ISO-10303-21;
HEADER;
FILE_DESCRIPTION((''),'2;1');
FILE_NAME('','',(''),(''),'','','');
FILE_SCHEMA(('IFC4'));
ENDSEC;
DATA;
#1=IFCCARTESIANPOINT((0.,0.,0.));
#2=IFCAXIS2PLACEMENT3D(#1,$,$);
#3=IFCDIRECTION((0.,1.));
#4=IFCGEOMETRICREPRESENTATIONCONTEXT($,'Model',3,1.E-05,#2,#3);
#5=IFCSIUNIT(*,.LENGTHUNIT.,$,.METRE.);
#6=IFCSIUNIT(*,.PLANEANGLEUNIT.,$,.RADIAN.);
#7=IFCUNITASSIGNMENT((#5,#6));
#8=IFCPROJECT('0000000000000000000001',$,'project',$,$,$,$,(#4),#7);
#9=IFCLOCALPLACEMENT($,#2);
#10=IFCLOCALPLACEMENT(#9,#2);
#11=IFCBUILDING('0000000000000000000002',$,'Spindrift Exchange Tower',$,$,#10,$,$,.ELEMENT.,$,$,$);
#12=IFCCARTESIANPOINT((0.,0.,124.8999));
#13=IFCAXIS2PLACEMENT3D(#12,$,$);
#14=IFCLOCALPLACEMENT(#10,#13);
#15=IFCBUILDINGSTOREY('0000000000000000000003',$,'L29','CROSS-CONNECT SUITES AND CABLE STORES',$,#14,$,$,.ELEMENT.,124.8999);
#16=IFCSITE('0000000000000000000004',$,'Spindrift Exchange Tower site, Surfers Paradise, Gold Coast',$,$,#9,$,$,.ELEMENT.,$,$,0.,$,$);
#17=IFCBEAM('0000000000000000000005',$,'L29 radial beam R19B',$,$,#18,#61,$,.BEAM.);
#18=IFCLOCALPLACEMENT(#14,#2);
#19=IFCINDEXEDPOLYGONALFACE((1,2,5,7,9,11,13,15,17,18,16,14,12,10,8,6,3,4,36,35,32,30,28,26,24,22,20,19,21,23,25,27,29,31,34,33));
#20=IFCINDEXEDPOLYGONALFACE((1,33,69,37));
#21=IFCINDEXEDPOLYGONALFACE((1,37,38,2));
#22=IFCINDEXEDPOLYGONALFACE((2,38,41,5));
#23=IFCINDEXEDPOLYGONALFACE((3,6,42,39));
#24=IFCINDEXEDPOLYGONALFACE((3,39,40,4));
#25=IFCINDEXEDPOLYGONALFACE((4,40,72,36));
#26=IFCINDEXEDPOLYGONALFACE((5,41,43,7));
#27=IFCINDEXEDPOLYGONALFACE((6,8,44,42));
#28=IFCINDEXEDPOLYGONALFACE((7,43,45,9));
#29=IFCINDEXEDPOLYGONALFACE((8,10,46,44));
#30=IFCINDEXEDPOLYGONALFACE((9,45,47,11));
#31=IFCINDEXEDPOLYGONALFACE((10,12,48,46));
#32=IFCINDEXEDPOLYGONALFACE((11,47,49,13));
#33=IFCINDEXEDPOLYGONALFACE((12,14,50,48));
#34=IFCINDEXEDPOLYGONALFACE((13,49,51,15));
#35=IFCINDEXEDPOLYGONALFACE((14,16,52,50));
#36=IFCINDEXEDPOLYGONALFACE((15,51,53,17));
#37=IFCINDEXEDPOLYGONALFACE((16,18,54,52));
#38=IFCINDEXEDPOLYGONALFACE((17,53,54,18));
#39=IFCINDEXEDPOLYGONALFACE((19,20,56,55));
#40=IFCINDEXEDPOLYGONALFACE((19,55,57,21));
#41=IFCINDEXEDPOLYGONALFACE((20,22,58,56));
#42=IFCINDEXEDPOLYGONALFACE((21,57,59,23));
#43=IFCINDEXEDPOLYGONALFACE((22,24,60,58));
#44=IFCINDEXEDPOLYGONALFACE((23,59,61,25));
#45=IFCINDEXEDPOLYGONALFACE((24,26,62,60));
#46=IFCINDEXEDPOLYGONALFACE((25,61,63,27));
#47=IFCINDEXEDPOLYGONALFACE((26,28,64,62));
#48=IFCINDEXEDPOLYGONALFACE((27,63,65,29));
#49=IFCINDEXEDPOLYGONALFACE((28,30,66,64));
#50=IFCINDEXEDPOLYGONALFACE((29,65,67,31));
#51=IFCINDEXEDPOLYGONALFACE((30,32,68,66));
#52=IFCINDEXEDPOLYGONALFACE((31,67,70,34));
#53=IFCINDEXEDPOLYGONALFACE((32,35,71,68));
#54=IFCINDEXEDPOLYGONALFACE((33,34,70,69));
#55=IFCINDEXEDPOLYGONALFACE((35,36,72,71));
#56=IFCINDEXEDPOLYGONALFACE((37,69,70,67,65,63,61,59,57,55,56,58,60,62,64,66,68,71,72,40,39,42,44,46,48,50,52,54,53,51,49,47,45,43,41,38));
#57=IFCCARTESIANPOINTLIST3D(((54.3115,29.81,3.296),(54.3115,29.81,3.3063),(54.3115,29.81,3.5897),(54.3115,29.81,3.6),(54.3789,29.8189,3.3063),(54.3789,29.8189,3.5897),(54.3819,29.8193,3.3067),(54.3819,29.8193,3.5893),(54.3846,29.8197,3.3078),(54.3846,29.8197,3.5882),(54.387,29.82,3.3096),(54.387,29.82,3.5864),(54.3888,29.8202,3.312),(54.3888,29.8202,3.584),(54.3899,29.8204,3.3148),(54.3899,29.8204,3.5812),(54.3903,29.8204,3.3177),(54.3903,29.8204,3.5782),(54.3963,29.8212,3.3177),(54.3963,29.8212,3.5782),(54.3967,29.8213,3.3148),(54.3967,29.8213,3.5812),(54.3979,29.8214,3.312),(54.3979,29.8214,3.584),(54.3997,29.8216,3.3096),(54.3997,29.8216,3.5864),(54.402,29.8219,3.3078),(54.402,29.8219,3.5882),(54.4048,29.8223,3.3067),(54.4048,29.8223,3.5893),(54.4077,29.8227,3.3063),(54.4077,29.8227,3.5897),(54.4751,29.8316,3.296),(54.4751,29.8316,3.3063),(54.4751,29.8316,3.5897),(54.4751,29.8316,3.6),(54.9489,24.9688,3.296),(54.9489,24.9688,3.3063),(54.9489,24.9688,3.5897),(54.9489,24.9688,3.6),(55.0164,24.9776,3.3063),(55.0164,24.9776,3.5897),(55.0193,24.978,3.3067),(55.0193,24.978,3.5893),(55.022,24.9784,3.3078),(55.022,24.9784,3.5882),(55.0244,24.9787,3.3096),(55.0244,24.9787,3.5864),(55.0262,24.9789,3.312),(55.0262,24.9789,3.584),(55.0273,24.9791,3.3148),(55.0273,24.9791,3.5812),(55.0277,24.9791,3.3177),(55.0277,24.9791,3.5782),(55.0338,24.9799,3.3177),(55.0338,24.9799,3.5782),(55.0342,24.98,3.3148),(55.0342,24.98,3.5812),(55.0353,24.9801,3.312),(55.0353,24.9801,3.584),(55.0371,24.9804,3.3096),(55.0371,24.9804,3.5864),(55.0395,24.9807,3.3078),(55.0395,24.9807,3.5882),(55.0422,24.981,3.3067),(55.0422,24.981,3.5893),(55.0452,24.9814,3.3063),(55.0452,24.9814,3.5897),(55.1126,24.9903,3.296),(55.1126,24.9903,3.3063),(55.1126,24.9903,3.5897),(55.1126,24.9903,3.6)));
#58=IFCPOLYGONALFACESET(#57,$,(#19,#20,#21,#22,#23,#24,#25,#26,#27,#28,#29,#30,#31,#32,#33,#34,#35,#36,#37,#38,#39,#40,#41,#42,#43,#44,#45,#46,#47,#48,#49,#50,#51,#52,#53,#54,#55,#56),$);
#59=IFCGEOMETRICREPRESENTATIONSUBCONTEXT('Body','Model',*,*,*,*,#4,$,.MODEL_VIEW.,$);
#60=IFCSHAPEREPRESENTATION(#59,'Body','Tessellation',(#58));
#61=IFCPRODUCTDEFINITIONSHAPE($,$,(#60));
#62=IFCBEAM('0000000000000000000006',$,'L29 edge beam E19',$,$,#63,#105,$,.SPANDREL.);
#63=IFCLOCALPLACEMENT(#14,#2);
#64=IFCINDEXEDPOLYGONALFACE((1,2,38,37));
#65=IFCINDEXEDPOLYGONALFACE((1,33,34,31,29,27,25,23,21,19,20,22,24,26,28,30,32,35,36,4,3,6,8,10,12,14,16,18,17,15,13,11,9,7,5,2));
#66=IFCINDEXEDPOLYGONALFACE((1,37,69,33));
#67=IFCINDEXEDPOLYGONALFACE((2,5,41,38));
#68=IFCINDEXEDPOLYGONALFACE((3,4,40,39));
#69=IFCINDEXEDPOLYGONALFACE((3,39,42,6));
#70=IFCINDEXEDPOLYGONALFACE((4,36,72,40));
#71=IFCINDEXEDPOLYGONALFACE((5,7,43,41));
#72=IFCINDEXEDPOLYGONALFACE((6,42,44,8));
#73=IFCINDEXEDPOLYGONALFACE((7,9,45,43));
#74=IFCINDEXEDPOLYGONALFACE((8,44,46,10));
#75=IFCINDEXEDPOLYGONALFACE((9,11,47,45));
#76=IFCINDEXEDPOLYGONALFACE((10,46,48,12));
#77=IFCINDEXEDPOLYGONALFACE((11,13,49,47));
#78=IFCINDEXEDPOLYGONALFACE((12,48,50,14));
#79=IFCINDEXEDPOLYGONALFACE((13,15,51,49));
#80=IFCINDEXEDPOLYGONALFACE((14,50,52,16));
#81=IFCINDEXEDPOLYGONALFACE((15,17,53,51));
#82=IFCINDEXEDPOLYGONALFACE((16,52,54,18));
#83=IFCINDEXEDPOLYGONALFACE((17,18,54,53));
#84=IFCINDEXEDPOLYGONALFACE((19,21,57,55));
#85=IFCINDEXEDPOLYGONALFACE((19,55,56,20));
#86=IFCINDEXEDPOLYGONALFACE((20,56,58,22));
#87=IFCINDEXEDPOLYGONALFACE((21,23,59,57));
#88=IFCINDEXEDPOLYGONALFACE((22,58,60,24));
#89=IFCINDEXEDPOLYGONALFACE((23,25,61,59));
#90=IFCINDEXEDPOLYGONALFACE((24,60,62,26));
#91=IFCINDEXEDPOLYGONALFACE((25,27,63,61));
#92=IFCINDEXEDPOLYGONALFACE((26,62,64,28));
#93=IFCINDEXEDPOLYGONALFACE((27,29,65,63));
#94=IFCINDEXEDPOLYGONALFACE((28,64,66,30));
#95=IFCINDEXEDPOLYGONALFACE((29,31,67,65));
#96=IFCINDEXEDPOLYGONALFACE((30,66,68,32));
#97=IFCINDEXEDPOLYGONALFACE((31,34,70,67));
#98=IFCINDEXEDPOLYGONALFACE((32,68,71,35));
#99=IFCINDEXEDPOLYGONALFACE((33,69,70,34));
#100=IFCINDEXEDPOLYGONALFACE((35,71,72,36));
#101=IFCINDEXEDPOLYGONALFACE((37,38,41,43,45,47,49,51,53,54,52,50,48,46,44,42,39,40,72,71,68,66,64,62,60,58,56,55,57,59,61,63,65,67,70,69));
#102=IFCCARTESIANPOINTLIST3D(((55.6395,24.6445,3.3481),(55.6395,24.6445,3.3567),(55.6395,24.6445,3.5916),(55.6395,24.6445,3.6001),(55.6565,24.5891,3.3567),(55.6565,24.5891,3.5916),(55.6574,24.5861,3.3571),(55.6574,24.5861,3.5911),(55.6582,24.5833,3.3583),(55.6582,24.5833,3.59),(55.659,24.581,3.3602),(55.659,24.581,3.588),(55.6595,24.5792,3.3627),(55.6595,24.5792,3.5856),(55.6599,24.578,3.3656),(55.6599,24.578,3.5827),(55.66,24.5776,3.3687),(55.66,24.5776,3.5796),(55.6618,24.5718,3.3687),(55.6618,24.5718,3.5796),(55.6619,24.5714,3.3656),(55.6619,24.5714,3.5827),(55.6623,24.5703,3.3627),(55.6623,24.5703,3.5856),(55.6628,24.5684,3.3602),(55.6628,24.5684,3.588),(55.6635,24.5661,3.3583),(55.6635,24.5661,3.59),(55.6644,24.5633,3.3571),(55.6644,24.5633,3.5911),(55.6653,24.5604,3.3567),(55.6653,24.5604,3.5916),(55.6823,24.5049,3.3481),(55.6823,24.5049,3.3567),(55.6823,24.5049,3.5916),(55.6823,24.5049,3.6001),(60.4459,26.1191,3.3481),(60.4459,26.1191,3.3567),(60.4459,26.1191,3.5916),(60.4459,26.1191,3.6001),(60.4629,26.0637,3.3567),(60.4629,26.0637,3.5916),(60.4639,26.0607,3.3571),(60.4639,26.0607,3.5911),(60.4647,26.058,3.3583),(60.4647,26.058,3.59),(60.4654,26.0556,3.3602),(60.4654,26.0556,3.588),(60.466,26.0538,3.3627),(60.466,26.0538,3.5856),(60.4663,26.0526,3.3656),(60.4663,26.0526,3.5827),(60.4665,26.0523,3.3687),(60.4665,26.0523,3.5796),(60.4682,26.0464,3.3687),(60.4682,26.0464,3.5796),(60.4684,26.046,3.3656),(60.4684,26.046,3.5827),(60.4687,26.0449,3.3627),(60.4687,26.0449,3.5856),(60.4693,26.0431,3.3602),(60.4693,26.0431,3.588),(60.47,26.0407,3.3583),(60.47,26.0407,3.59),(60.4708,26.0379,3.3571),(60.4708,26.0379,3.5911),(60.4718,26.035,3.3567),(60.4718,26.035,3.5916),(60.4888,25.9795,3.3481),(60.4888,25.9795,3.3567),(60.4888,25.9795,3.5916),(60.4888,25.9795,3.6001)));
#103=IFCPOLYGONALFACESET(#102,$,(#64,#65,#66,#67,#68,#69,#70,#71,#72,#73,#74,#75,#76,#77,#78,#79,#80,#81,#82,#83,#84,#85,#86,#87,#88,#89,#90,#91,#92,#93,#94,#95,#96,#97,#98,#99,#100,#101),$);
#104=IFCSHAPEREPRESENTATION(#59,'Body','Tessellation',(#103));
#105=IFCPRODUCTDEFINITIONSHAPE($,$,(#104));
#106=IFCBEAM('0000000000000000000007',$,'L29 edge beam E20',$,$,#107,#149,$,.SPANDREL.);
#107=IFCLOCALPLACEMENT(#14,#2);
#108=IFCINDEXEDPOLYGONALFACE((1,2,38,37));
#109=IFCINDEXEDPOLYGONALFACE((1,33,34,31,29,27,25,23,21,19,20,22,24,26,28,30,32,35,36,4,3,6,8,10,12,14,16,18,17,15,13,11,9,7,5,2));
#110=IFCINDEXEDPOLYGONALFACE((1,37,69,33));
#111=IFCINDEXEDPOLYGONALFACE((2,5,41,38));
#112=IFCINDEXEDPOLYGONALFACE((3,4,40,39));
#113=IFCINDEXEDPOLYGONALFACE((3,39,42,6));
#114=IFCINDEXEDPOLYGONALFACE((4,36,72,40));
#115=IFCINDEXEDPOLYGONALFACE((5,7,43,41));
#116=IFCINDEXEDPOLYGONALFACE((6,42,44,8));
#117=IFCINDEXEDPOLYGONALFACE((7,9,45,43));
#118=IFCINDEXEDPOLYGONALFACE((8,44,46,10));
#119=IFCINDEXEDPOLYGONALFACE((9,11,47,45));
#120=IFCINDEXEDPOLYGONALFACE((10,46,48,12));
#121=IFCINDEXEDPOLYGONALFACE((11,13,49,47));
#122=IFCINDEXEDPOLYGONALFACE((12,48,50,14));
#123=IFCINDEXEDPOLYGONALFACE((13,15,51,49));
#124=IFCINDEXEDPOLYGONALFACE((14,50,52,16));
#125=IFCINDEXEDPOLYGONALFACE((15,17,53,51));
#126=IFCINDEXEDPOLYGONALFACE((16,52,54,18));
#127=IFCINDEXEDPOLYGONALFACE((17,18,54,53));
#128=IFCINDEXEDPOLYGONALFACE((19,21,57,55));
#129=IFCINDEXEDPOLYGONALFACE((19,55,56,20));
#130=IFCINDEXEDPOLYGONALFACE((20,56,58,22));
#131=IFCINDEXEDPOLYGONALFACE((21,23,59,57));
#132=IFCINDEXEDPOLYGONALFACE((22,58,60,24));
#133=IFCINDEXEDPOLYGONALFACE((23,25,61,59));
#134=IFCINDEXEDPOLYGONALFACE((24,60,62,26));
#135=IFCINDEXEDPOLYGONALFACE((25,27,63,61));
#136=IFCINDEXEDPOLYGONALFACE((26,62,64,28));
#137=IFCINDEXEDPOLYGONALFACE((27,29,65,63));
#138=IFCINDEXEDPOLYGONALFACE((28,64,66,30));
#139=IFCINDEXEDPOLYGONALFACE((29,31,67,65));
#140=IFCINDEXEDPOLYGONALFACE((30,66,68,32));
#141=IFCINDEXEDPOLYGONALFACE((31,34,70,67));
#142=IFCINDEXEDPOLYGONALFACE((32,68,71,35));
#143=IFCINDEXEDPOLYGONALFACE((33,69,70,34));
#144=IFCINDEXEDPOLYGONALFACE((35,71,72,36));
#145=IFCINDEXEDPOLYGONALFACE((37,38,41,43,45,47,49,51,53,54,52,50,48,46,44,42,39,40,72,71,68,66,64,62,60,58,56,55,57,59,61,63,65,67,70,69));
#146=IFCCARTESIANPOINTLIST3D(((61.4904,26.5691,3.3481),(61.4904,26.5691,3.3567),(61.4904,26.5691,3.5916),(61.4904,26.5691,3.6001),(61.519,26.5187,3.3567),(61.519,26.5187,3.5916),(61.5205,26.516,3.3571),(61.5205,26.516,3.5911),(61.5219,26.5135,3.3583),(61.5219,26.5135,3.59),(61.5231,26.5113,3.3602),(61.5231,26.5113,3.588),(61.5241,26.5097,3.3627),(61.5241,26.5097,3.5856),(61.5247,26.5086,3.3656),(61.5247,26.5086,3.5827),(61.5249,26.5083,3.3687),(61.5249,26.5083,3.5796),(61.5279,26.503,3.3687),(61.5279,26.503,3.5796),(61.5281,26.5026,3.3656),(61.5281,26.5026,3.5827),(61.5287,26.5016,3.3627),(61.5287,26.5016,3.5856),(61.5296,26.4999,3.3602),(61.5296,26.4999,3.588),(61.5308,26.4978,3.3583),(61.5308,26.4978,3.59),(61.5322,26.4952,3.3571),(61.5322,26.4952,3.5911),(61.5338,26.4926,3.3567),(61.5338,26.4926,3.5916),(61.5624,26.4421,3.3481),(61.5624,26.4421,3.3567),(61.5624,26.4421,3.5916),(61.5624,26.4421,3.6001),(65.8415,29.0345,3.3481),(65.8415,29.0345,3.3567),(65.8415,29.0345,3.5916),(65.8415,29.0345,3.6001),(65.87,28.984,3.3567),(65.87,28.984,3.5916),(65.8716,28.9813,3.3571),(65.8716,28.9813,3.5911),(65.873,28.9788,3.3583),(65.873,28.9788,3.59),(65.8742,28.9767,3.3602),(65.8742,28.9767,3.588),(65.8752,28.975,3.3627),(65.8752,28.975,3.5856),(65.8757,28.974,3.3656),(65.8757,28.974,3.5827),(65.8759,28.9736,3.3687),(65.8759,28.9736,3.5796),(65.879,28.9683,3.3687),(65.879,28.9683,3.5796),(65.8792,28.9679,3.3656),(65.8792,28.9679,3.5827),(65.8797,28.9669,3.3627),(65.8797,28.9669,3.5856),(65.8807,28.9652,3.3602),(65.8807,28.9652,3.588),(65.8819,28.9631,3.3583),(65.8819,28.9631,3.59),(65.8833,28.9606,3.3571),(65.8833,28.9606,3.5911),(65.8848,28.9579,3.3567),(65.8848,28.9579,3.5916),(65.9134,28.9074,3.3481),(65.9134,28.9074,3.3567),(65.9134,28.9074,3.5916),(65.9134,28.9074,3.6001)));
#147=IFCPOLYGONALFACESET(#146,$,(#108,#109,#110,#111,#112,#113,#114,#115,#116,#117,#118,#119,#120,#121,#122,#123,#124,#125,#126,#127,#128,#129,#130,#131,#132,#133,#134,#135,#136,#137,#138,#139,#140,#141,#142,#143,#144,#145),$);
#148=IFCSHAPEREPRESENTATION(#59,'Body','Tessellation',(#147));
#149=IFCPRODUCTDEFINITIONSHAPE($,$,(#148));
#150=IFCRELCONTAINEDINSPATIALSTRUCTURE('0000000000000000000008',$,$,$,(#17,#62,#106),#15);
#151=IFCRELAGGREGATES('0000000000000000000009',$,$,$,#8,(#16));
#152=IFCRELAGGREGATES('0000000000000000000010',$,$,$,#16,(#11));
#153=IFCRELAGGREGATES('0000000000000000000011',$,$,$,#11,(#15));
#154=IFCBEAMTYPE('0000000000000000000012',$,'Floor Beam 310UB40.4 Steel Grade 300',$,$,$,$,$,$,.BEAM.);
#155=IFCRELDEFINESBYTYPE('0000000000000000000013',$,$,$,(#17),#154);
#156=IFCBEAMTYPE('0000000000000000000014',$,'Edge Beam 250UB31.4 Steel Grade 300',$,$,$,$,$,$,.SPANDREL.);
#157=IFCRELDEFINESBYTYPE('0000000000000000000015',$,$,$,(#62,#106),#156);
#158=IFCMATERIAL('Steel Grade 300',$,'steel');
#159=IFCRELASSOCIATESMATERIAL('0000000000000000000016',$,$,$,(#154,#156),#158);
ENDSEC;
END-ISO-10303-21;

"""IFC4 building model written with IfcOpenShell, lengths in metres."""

from ifc_helpers import new_model, si_unit, direction, frame, origin, origin_2d, place, context, subcontext, project, spatial, i_section, extrude, source, transform, mapped, material, material_profile, profile_set, type_object, element, save


model = new_model("IFC4")

# Units and contexts
model_context = context("Model", 3, precision=1e-05, world=origin(), true_north=direction((0.0, 1.0)))
body_context = subcontext(model_context, "Body", "Model", "MODEL_VIEW")
ifc_project = project(units=[si_unit("LENGTHUNIT", "METRE"), si_unit("PLANEANGLEUNIT", "RADIAN")], contexts=[model_context])

# Site, building, storey
site_placement = place(None, origin())
site = spatial("IfcSite", under=ifc_project, at=site_placement, Name="Spindrift Exchange Tower site, Surfers Paradise, Gold Coast", CompositionType="ELEMENT", RefElevation=0.0)
building_placement = place(site_placement, origin())
building = spatial("IfcBuilding", under=site, at=building_placement, Name="Spindrift Exchange Tower", CompositionType="ELEMENT")
storey_placement = place(building_placement, frame((0.0, 0.0, 124.8999)))
storey = spatial("IfcBuildingStorey", under=building, at=storey_placement, Name="L29", Description="CROSS-CONNECT SUITES AND CABLE STORES", CompositionType="ELEMENT", Elevation=124.8999)

# Beams
ifc_material_1 = material(Name="Steel Grade 300", Category="steel")
ifc_material_profile_1 = material_profile(ifc_material_1, i_section(OverallWidth=0.165, OverallDepth=0.304, WebThickness=0.0061, FlangeThickness=0.0103, FilletRadius=0.0115, at=origin_2d()), Name="310UB40.4")
ifc_profile_set_1 = profile_set([ifc_material_profile_1], Name="Steel Grade 300")
beam_type_1 = type_object("IfcBeamType", Name="Floor Beam 310UB40.4 Steel Grade 300", PredefinedType="BEAM", material=ifc_profile_set_1)
shared_shape_1 = source(origin(), body_context, "Body", "SweptSolid", [
    extrude(i_section(OverallWidth=0.165, OverallDepth=0.304, WebThickness=0.0061, FlangeThickness=0.0103, FilletRadius=0.0115, at=origin_2d()), origin(), (0.0, 0.0, 1.0), 4.8831),
])
beam_1_placement = place(storey_placement, frame((54.3933, 29.8208, 3.448), z_axis=(0.130542, -0.991443, 0.0), x_axis=(0.991443, 0.130542, 0.0)))
element("IfcBeam", 1, at=beam_1_placement, inside=storey, type_object=beam_type_1, Name="L29 radial beam R19B", PredefinedType="BEAM", context=body_context, shape_type="MappedRepresentation", body=[
    mapped(shared_shape_1, transform((0.0, 0.0, 0.0), scale=1.0)),
])
ifc_material_profile_2 = material_profile(ifc_material_1, i_section(OverallWidth=0.146, OverallDepth=0.252, WebThickness=0.0061, FlangeThickness=0.0085, FilletRadius=0.012, at=origin_2d()), Name="250UB31.4")
ifc_profile_set_2 = profile_set([ifc_material_profile_2], Name="Steel Grade 300")
beam_type_2 = type_object("IfcBeamType", Name="Edge Beam 250UB31.4 Steel Grade 300", PredefinedType="SPANDREL", material=ifc_profile_set_2)
shared_shape_2 = source(origin(), body_context, "Body", "SweptSolid", [
    extrude(i_section(OverallWidth=0.146, OverallDepth=0.252, WebThickness=0.0061, FlangeThickness=0.0085, FilletRadius=0.012, at=origin_2d()), origin(), (0.0, 0.0, 1.0), 5.0276),
])
beam_2_placement = place(storey_placement, frame((55.6609, 24.5747, 3.4741), z_axis=(0.956018, 0.293308, 0.0), x_axis=(-0.293308, 0.956018, 0.0)))
element("IfcBeam", 2, at=beam_2_placement, inside=storey, type_object=beam_type_2, Name="L29 edge beam E19", PredefinedType="SPANDREL", context=body_context, shape_type="MappedRepresentation", body=[
    mapped(shared_shape_2, transform((0.0, 0.0, 0.0), scale=1.0)),
])
shared_shape_3 = source(origin(), body_context, "Body", "SweptSolid", [
    extrude(i_section(OverallWidth=0.146, OverallDepth=0.252, WebThickness=0.0061, FlangeThickness=0.0085, FilletRadius=0.012, at=origin_2d()), origin(), (0.0, 0.0, 1.0), 5.001),
])
beam_3_placement = place(storey_placement, frame((61.5264, 26.5056, 3.4741), z_axis=(0.870046, 0.492971, 0.0), x_axis=(-0.492971, 0.870046, 0.0)))
element("IfcBeam", 3, at=beam_3_placement, inside=storey, type_object=beam_type_2, Name="L29 edge beam E20", PredefinedType="SPANDREL", context=body_context, shape_type="MappedRepresentation", body=[
    mapped(shared_shape_3, transform((0.0, 0.0, 0.0), scale=1.0)),
])

save(model, "model.ifc")
